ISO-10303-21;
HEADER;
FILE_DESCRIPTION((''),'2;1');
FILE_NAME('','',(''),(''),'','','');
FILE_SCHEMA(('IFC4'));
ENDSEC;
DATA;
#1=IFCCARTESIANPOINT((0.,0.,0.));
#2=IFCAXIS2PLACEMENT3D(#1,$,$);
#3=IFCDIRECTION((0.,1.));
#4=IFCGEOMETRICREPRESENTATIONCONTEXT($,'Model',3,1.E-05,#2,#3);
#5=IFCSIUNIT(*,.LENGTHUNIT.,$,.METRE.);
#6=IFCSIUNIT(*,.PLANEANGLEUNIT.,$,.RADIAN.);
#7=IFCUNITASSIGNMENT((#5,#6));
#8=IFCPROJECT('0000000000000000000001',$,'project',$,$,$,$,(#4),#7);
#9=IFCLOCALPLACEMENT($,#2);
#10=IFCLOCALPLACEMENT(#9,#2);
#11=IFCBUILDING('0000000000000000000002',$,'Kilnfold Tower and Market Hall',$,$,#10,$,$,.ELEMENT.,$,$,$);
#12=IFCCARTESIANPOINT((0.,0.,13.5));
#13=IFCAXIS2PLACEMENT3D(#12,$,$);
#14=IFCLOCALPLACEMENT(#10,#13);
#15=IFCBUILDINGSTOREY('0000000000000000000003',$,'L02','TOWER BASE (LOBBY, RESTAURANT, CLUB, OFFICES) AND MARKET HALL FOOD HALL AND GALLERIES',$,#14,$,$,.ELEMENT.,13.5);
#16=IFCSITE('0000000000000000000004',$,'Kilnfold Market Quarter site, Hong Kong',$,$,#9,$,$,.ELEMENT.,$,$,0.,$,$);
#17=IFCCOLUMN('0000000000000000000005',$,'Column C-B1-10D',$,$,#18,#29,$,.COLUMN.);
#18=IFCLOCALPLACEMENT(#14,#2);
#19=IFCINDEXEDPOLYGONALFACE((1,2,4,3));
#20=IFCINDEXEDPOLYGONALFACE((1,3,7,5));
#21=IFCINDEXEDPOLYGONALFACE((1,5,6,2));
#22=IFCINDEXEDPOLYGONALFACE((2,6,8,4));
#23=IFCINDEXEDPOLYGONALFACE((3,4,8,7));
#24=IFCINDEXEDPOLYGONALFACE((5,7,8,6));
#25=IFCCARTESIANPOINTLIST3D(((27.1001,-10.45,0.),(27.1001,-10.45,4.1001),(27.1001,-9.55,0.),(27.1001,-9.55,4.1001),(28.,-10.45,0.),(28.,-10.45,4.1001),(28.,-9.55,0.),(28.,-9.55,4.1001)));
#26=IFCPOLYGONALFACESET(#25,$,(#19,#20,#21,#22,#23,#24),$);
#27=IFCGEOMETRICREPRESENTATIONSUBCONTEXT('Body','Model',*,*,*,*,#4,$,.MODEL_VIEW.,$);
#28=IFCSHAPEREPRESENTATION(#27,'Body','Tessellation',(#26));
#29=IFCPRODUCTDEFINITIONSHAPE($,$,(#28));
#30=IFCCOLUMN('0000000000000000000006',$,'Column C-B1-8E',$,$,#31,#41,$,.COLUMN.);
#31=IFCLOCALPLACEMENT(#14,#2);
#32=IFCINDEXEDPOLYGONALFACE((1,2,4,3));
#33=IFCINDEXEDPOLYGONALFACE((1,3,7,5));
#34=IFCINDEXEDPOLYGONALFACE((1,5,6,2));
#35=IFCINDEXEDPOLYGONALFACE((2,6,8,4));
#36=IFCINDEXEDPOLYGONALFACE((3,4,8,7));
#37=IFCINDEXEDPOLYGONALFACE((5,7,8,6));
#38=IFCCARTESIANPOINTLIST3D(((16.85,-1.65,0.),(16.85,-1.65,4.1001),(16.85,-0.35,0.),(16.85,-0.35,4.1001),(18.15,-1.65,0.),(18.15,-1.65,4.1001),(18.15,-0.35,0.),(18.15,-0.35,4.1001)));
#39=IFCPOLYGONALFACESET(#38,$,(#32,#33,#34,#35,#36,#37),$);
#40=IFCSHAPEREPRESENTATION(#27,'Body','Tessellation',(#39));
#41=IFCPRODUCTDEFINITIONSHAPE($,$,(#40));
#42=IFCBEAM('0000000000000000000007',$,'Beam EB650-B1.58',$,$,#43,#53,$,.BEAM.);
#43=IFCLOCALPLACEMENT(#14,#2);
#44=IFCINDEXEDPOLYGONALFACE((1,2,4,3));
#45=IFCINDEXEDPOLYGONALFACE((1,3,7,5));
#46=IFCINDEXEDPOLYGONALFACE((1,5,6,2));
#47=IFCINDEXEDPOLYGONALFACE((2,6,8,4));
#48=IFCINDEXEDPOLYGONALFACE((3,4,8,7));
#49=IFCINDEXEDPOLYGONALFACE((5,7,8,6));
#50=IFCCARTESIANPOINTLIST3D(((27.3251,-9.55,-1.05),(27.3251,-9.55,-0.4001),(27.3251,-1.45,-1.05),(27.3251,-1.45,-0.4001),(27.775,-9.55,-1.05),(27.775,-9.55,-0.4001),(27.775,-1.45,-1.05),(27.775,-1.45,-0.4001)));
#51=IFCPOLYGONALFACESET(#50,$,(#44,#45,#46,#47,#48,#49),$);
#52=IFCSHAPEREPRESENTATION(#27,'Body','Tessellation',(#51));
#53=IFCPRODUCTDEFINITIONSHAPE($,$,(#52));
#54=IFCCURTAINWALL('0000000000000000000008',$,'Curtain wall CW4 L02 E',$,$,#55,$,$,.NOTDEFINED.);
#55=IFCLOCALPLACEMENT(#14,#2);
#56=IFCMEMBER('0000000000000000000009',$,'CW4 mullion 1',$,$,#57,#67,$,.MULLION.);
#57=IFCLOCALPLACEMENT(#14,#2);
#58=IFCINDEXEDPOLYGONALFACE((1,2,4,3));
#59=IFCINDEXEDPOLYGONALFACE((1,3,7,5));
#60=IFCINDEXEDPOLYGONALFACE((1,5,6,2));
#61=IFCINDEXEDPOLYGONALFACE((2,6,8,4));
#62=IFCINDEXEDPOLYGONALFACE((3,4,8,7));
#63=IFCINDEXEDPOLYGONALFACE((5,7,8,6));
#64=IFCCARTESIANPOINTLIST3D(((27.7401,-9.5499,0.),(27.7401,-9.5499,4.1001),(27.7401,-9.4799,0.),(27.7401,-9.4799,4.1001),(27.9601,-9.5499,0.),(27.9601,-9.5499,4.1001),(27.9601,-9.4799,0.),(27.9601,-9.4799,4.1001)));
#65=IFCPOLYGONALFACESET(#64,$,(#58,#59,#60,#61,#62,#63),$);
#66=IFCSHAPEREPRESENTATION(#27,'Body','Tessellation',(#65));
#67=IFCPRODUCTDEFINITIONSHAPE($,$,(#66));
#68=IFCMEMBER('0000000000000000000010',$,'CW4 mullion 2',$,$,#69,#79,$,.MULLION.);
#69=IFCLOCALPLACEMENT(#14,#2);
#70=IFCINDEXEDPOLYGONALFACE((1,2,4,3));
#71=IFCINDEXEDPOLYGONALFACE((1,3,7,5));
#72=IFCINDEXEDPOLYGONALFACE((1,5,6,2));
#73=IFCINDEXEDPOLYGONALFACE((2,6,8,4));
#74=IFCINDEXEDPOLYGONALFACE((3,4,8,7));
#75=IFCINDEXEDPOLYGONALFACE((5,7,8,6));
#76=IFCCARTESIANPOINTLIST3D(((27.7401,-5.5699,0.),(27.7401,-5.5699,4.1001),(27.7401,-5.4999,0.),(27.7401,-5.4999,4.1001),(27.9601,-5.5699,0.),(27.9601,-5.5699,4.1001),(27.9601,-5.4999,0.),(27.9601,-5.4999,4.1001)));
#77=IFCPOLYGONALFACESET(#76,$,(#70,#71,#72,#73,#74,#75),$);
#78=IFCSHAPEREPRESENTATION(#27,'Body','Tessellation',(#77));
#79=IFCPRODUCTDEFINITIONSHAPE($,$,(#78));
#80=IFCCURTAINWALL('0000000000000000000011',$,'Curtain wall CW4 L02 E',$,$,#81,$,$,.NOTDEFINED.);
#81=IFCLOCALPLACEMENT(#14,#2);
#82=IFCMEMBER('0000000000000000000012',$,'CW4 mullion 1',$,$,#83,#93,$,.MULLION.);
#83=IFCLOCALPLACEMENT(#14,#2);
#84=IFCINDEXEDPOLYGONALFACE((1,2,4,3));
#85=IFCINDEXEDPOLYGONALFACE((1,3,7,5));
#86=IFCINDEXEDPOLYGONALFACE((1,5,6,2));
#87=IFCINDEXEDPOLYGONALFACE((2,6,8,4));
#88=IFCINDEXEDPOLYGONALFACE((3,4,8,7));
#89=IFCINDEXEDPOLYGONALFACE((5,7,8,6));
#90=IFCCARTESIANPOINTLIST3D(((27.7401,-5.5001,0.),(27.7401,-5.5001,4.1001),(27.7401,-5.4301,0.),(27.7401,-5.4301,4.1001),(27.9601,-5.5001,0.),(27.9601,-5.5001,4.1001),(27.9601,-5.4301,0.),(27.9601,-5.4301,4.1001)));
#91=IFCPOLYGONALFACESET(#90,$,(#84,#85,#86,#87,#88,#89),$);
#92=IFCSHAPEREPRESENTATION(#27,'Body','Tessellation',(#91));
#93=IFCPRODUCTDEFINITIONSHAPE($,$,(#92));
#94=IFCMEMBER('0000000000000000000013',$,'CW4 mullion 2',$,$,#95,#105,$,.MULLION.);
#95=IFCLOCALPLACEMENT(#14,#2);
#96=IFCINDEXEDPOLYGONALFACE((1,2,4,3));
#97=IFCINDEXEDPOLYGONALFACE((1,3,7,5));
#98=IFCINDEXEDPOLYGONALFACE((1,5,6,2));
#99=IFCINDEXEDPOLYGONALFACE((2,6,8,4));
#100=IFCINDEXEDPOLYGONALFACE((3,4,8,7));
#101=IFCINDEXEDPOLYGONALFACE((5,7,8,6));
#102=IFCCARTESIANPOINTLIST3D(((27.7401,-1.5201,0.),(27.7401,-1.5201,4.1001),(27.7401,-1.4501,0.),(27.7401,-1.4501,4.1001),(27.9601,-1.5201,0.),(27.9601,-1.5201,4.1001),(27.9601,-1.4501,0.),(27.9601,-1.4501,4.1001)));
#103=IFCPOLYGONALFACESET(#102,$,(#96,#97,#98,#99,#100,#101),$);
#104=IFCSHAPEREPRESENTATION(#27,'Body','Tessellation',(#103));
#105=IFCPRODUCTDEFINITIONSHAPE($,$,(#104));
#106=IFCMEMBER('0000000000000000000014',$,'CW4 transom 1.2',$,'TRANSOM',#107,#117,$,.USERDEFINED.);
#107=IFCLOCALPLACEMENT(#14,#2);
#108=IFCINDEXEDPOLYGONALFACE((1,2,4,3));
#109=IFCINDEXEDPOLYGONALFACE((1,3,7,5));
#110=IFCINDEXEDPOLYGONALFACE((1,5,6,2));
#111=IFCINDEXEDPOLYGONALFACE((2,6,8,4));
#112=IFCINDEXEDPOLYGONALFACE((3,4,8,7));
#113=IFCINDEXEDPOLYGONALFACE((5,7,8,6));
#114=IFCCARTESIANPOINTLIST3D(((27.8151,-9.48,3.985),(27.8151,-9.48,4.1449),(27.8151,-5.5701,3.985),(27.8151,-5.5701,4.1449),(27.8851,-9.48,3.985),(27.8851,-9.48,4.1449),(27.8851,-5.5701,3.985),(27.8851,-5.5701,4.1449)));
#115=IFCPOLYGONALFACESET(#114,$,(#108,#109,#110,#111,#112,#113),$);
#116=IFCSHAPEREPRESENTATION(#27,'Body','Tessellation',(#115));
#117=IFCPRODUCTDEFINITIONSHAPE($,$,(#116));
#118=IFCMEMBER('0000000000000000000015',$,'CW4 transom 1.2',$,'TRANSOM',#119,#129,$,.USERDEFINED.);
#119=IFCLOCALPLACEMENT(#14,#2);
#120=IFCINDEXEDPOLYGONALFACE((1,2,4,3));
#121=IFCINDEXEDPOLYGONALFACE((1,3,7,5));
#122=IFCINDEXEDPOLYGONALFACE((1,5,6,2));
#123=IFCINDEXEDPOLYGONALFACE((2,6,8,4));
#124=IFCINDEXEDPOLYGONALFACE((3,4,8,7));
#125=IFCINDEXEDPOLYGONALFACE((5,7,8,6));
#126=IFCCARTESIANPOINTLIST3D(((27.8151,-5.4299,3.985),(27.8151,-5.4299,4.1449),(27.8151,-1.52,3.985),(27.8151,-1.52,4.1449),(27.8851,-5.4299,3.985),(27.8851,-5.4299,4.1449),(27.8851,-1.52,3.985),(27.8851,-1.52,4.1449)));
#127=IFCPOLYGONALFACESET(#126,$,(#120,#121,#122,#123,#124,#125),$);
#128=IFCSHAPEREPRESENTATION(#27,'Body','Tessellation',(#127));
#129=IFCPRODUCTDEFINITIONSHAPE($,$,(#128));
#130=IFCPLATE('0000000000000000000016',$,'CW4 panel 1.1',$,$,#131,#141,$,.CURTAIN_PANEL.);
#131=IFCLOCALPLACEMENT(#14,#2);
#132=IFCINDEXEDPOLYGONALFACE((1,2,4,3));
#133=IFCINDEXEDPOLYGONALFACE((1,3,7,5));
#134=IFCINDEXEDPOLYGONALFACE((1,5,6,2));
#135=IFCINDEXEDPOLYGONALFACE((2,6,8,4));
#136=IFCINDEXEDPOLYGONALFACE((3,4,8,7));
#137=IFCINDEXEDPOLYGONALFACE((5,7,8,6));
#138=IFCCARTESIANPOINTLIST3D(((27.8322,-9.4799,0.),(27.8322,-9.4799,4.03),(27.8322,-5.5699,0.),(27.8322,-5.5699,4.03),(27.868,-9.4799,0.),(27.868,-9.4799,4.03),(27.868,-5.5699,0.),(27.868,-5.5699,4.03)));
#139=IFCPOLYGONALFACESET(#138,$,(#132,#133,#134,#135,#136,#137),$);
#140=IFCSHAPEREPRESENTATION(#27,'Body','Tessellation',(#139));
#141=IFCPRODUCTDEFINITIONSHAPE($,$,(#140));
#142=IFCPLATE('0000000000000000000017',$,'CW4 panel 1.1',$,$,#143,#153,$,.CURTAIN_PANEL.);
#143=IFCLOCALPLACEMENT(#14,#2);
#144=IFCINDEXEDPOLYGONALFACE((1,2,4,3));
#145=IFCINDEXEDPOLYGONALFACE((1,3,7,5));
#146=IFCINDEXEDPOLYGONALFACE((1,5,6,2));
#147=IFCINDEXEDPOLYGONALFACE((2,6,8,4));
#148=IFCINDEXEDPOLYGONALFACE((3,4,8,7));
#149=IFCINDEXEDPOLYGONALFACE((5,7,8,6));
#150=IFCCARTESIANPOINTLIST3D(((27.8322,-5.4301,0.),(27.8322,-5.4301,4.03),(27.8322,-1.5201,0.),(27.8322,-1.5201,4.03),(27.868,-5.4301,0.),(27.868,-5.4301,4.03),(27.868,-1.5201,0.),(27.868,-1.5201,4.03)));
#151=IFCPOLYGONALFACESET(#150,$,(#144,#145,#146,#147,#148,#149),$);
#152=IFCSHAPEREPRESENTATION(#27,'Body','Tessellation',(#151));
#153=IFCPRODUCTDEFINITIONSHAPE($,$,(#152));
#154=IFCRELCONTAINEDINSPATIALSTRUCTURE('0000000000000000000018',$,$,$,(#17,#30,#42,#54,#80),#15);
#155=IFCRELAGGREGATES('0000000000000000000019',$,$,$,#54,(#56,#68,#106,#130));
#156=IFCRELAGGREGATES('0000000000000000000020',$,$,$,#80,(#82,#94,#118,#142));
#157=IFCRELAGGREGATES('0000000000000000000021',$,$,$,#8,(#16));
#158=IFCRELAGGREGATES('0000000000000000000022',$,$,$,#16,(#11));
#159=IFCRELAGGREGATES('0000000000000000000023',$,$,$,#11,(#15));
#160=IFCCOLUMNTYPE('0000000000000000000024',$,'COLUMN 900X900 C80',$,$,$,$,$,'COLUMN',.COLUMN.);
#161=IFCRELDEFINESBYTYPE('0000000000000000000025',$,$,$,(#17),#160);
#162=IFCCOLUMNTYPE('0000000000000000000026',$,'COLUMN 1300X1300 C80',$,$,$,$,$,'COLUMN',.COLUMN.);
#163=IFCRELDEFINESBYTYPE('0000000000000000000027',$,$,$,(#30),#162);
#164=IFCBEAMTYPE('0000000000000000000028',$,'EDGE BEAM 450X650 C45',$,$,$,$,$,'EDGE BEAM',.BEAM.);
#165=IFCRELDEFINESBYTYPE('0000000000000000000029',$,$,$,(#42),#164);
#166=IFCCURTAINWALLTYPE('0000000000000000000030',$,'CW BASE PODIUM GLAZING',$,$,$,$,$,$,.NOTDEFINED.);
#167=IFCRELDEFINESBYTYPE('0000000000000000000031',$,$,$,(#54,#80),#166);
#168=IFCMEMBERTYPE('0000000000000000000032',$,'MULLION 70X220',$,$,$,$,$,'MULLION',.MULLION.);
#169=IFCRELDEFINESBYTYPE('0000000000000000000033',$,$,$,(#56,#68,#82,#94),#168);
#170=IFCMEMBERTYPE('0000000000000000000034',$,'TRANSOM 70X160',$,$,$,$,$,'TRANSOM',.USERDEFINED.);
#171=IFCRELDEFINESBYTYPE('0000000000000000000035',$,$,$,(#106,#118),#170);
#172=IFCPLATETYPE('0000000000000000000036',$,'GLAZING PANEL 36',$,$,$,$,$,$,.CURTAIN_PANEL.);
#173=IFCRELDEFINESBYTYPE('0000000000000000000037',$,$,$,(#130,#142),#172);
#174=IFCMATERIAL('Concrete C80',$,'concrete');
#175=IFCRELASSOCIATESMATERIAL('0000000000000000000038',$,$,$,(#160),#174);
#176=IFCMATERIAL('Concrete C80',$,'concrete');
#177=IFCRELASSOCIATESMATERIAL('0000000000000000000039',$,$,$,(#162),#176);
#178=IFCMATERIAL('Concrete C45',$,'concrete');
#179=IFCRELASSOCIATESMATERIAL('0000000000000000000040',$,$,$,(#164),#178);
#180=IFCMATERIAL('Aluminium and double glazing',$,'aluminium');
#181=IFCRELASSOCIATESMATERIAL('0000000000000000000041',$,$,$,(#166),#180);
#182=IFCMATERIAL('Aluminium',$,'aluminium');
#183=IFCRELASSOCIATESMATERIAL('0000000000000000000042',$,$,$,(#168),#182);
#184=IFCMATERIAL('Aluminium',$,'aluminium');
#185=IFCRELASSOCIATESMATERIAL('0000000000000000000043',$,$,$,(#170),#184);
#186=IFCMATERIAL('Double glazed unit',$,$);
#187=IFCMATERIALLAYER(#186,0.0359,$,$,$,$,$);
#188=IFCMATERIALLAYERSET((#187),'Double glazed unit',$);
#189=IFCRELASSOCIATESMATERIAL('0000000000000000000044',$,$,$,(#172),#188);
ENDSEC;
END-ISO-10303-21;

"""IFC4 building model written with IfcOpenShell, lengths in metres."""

from ifc_helpers import new_model, si_unit, direction, frame, origin, origin_2d, place, context, subcontext, project, spatial, rectangle, extrude, source, transform, mapped, material, layer, layer_set, material_profile, profile_set, type_object, element, aggregate, save


model = new_model("IFC4")

# Units and contexts
model_context = context("Model", 3, precision=1e-05, world=origin(), true_north=direction((0.0, 1.0)))
body_context = subcontext(model_context, "Body", "Model", "MODEL_VIEW")
ifc_project = project(units=[si_unit("LENGTHUNIT", "METRE"), si_unit("PLANEANGLEUNIT", "RADIAN")], contexts=[model_context])

# Site, building, storey
site_placement = place(None, origin())
site = spatial("IfcSite", under=ifc_project, at=site_placement, Name="Kilnfold Market Quarter site, Hong Kong", CompositionType="ELEMENT", RefElevation=0.0)
building_placement = place(site_placement, origin())
building = spatial("IfcBuilding", under=site, at=building_placement, Name="Kilnfold Tower and Market Hall", CompositionType="ELEMENT")
storey_placement = place(building_placement, frame((0.0, 0.0, 13.5)))
storey = spatial("IfcBuildingStorey", under=building, at=storey_placement, Name="L02", Description="TOWER BASE (LOBBY, RESTAURANT, CLUB, OFFICES) AND MARKET HALL FOOD HALL AND GALLERIES", CompositionType="ELEMENT", Elevation=13.5)

# Columns
ifc_material_1 = material(Name="Concrete C80", Category="concrete")
ifc_material_profile_1 = material_profile(ifc_material_1, rectangle(XDim=0.8999, YDim=0.8999, at=origin_2d()), Name="RC 900x900")
ifc_profile_set_1 = profile_set([ifc_material_profile_1], Name="Concrete C80")
column_type_1 = type_object("IfcColumnType", Name="COLUMN 900X900 C80", ElementType="COLUMN", PredefinedType="COLUMN", material=ifc_profile_set_1)
shared_shape_1 = source(origin(), body_context, "Body", "SweptSolid", [
    extrude(rectangle(XDim=0.8999, YDim=0.8999, at=origin_2d()), origin(), (0.0, 0.0, 1.0), 4.1001),
])
column_1_placement = place(storey_placement, frame((27.55, -10.0, 0.0), z_axis=(0.0, 0.0, 1.0), x_axis=(1.0, 0.0, 0.0)))
element("IfcColumn", 1, at=column_1_placement, inside=storey, type_object=column_type_1, Name="Column C-B1-10D", PredefinedType="COLUMN", context=body_context, shape_type="MappedRepresentation", body=[
    mapped(shared_shape_1, transform((0.0, 0.0, 0.0))),
])
ifc_material_2 = material(Name="Concrete C80", Category="concrete")
ifc_material_profile_2 = material_profile(ifc_material_2, rectangle(XDim=1.3, YDim=1.3, at=origin_2d()), Name="RC 1300x1300")
ifc_profile_set_2 = profile_set([ifc_material_profile_2], Name="Concrete C80")
column_type_2 = type_object("IfcColumnType", Name="COLUMN 1300X1300 C80", ElementType="COLUMN", PredefinedType="COLUMN", material=ifc_profile_set_2)
shared_shape_2 = source(origin(), body_context, "Body", "SweptSolid", [
    extrude(rectangle(XDim=1.3, YDim=1.3, at=origin_2d()), origin(), (0.0, 0.0, 1.0), 4.1001),
])
column_2_placement = place(storey_placement, frame((17.5, -1.0, 0.0), z_axis=(0.0, 0.0, 1.0), x_axis=(1.0, 0.0, 0.0)))
element("IfcColumn", 2, at=column_2_placement, inside=storey, type_object=column_type_2, Name="Column C-B1-8E", PredefinedType="COLUMN", context=body_context, shape_type="MappedRepresentation", body=[
    mapped(shared_shape_2, transform((0.0, 0.0, 0.0))),
])

# Beam
ifc_material_3 = material(Name="Concrete C45", Category="concrete")
ifc_material_profile_3 = material_profile(ifc_material_3, rectangle(XDim=0.45, YDim=0.6499, at=origin_2d()), Name="RC 450x650")
ifc_profile_set_3 = profile_set([ifc_material_profile_3], Name="Concrete C45")
beam_type = type_object("IfcBeamType", Name="EDGE BEAM 450X650 C45", ElementType="EDGE BEAM", PredefinedType="BEAM", material=ifc_profile_set_3)
shared_shape_3 = source(origin(), body_context, "Body", "SweptSolid", [
    extrude(rectangle(XDim=0.45, YDim=0.6499, at=origin_2d()), origin(), (0.0, 0.0, 1.0), 8.1001),
])
beam_placement = place(storey_placement, frame((27.55, -9.55, -0.7251), z_axis=(0.0, 1.0, 0.0), x_axis=(-1.0, 0.0, 0.0)))
element("IfcBeam", 3, at=beam_placement, inside=storey, type_object=beam_type, Name="Beam EB650-B1.58", PredefinedType="BEAM", context=body_context, shape_type="MappedRepresentation", body=[
    mapped(shared_shape_3, transform((0.0, 0.0, 0.0))),
])

# Curtain walls, members
ifc_material_4 = material(Name="Aluminium and double glazing", Category="aluminium")
curtain_wall_type = type_object("IfcCurtainWallType", Name="CW BASE PODIUM GLAZING", PredefinedType="NOTDEFINED", material=ifc_material_4)
curtain_wall_1_placement = place(storey_placement, origin())
curtain_wall_1 = element("IfcCurtainWall", 4, at=curtain_wall_1_placement, inside=storey, type_object=curtain_wall_type, Name="Curtain wall CW4 L02 E", PredefinedType="NOTDEFINED")
ifc_material_5 = material(Name="Aluminium", Category="aluminium")
ifc_material_profile_4 = material_profile(ifc_material_5, rectangle(XDim=0.0701, YDim=0.22, at=origin_2d()), Name="MULLION 70x220")
ifc_profile_set_4 = profile_set([ifc_material_profile_4], Name="Aluminium")
member_type_1 = type_object("IfcMemberType", Name="MULLION 70X220", ElementType="MULLION", PredefinedType="MULLION", material=ifc_profile_set_4)
shared_shape_4 = source(origin(), body_context, "Body", "SweptSolid", [
    extrude(rectangle(XDim=0.0701, YDim=0.22, at=origin_2d()), origin(), (0.0, 0.0, 1.0), 4.1001),
])
member_1_placement = place(storey_placement, frame((27.8501, -9.5149, 0.0), z_axis=(0.0, 0.0, 1.0), x_axis=(0.0, 1.0, 0.0)))
member_1 = element("IfcMember", 5, at=member_1_placement, type_object=member_type_1, Name="CW4 mullion 1", PredefinedType="MULLION", context=body_context, shape_type="MappedRepresentation", body=[
    mapped(shared_shape_4, transform((0.0, 0.0, 0.0))),
])
member_2_placement = place(storey_placement, frame((27.8501, -5.5349, 0.0), z_axis=(0.0, 0.0, 1.0), x_axis=(0.0, 1.0, 0.0)))
member_2 = element("IfcMember", 6, at=member_2_placement, type_object=member_type_1, Name="CW4 mullion 2", PredefinedType="MULLION", context=body_context, shape_type="MappedRepresentation", body=[
    mapped(shared_shape_4, transform((0.0, 0.0, 0.0))),
])
curtain_wall_2_placement = place(storey_placement, origin())
curtain_wall_2 = element("IfcCurtainWall", 7, at=curtain_wall_2_placement, inside=storey, type_object=curtain_wall_type, Name="Curtain wall CW4 L02 E", PredefinedType="NOTDEFINED")
member_3_placement = place(storey_placement, frame((27.8501, -5.4651, 0.0), z_axis=(0.0, 0.0, 1.0), x_axis=(0.0, 1.0, 0.0)))
member_3 = element("IfcMember", 8, at=member_3_placement, type_object=member_type_1, Name="CW4 mullion 1", PredefinedType="MULLION", context=body_context, shape_type="MappedRepresentation", body=[
    mapped(shared_shape_4, transform((0.0, 0.0, 0.0))),
])
member_4_placement = place(storey_placement, frame((27.8501, -1.4851, 0.0), z_axis=(0.0, 0.0, 1.0), x_axis=(0.0, 1.0, 0.0)))
member_4 = element("IfcMember", 9, at=member_4_placement, type_object=member_type_1, Name="CW4 mullion 2", PredefinedType="MULLION", context=body_context, shape_type="MappedRepresentation", body=[
    mapped(shared_shape_4, transform((0.0, 0.0, 0.0))),
])

# Members
ifc_material_6 = material(Name="Aluminium", Category="aluminium")
ifc_material_profile_5 = material_profile(ifc_material_6, rectangle(XDim=0.0701, YDim=0.1599, at=origin_2d()), Name="TRANSOM 70x160")
ifc_profile_set_5 = profile_set([ifc_material_profile_5], Name="Aluminium")
member_type_2 = type_object("IfcMemberType", Name="TRANSOM 70X160", ElementType="TRANSOM", PredefinedType="USERDEFINED", material=ifc_profile_set_5)
shared_shape_5 = source(origin(), body_context, "Body", "SweptSolid", [
    extrude(rectangle(XDim=0.0701, YDim=0.1599, at=origin_2d()), origin(), (0.0, 0.0, 1.0), 3.9099),
])
member_5_placement = place(storey_placement, frame((27.8501, -9.48, 4.0649), z_axis=(0.0, 1.0, 0.0), x_axis=(-1.0, 0.0, 0.0)))
member_5 = element("IfcMember", 10, at=member_5_placement, type_object=member_type_2, Name="CW4 transom 1.2", ObjectType="TRANSOM", PredefinedType="USERDEFINED", context=body_context, shape_type="MappedRepresentation", body=[
    mapped(shared_shape_5, transform((0.0, 0.0, 0.0))),
])
member_6_placement = place(storey_placement, frame((27.8501, -5.4299, 4.0649), z_axis=(0.0, 1.0, 0.0), x_axis=(-1.0, 0.0, 0.0)))
member_6 = element("IfcMember", 11, at=member_6_placement, type_object=member_type_2, Name="CW4 transom 1.2", ObjectType="TRANSOM", PredefinedType="USERDEFINED", context=body_context, shape_type="MappedRepresentation", body=[
    mapped(shared_shape_5, transform((0.0, 0.0, 0.0))),
])

# Plates
ifc_material_7 = material(Name="Double glazed unit")
ifc_layer_1 = layer(ifc_material_7, 0.0359)
ifc_layer_set_1 = layer_set([ifc_layer_1], Name="Double glazed unit")
plate_type = type_object("IfcPlateType", Name="GLAZING PANEL 36", PredefinedType="CURTAIN_PANEL", material=ifc_layer_set_1)
shared_shape_6 = source(origin(), body_context, "Body", "SweptSolid", [
    extrude(rectangle(XDim=3.9099, YDim=0.0359, at=origin_2d()), origin(), (0.0, 0.0, 1.0), 4.03),
])
plate_1_placement = place(storey_placement, frame((27.8501, -7.5249, 0.0), z_axis=(0.0, 0.0, 1.0), x_axis=(0.0, 1.0, 0.0)))
plate_1 = element("IfcPlate", 12, at=plate_1_placement, type_object=plate_type, Name="CW4 panel 1.1", PredefinedType="CURTAIN_PANEL", context=body_context, shape_type="MappedRepresentation", body=[
    mapped(shared_shape_6, transform((0.0, 0.0, 0.0))),
])
aggregate(curtain_wall_1, [member_1, member_2, member_5, plate_1])
plate_2_placement = place(storey_placement, frame((27.8501, -3.4751, 0.0), z_axis=(0.0, 0.0, 1.0), x_axis=(0.0, 1.0, 0.0)))
plate_2 = element("IfcPlate", 13, at=plate_2_placement, type_object=plate_type, Name="CW4 panel 1.1", PredefinedType="CURTAIN_PANEL", context=body_context, shape_type="MappedRepresentation", body=[
    mapped(shared_shape_6, transform((0.0, 0.0, 0.0))),
])
aggregate(curtain_wall_2, [member_3, member_4, member_6, plate_2])

save(model, "model.ifc")
